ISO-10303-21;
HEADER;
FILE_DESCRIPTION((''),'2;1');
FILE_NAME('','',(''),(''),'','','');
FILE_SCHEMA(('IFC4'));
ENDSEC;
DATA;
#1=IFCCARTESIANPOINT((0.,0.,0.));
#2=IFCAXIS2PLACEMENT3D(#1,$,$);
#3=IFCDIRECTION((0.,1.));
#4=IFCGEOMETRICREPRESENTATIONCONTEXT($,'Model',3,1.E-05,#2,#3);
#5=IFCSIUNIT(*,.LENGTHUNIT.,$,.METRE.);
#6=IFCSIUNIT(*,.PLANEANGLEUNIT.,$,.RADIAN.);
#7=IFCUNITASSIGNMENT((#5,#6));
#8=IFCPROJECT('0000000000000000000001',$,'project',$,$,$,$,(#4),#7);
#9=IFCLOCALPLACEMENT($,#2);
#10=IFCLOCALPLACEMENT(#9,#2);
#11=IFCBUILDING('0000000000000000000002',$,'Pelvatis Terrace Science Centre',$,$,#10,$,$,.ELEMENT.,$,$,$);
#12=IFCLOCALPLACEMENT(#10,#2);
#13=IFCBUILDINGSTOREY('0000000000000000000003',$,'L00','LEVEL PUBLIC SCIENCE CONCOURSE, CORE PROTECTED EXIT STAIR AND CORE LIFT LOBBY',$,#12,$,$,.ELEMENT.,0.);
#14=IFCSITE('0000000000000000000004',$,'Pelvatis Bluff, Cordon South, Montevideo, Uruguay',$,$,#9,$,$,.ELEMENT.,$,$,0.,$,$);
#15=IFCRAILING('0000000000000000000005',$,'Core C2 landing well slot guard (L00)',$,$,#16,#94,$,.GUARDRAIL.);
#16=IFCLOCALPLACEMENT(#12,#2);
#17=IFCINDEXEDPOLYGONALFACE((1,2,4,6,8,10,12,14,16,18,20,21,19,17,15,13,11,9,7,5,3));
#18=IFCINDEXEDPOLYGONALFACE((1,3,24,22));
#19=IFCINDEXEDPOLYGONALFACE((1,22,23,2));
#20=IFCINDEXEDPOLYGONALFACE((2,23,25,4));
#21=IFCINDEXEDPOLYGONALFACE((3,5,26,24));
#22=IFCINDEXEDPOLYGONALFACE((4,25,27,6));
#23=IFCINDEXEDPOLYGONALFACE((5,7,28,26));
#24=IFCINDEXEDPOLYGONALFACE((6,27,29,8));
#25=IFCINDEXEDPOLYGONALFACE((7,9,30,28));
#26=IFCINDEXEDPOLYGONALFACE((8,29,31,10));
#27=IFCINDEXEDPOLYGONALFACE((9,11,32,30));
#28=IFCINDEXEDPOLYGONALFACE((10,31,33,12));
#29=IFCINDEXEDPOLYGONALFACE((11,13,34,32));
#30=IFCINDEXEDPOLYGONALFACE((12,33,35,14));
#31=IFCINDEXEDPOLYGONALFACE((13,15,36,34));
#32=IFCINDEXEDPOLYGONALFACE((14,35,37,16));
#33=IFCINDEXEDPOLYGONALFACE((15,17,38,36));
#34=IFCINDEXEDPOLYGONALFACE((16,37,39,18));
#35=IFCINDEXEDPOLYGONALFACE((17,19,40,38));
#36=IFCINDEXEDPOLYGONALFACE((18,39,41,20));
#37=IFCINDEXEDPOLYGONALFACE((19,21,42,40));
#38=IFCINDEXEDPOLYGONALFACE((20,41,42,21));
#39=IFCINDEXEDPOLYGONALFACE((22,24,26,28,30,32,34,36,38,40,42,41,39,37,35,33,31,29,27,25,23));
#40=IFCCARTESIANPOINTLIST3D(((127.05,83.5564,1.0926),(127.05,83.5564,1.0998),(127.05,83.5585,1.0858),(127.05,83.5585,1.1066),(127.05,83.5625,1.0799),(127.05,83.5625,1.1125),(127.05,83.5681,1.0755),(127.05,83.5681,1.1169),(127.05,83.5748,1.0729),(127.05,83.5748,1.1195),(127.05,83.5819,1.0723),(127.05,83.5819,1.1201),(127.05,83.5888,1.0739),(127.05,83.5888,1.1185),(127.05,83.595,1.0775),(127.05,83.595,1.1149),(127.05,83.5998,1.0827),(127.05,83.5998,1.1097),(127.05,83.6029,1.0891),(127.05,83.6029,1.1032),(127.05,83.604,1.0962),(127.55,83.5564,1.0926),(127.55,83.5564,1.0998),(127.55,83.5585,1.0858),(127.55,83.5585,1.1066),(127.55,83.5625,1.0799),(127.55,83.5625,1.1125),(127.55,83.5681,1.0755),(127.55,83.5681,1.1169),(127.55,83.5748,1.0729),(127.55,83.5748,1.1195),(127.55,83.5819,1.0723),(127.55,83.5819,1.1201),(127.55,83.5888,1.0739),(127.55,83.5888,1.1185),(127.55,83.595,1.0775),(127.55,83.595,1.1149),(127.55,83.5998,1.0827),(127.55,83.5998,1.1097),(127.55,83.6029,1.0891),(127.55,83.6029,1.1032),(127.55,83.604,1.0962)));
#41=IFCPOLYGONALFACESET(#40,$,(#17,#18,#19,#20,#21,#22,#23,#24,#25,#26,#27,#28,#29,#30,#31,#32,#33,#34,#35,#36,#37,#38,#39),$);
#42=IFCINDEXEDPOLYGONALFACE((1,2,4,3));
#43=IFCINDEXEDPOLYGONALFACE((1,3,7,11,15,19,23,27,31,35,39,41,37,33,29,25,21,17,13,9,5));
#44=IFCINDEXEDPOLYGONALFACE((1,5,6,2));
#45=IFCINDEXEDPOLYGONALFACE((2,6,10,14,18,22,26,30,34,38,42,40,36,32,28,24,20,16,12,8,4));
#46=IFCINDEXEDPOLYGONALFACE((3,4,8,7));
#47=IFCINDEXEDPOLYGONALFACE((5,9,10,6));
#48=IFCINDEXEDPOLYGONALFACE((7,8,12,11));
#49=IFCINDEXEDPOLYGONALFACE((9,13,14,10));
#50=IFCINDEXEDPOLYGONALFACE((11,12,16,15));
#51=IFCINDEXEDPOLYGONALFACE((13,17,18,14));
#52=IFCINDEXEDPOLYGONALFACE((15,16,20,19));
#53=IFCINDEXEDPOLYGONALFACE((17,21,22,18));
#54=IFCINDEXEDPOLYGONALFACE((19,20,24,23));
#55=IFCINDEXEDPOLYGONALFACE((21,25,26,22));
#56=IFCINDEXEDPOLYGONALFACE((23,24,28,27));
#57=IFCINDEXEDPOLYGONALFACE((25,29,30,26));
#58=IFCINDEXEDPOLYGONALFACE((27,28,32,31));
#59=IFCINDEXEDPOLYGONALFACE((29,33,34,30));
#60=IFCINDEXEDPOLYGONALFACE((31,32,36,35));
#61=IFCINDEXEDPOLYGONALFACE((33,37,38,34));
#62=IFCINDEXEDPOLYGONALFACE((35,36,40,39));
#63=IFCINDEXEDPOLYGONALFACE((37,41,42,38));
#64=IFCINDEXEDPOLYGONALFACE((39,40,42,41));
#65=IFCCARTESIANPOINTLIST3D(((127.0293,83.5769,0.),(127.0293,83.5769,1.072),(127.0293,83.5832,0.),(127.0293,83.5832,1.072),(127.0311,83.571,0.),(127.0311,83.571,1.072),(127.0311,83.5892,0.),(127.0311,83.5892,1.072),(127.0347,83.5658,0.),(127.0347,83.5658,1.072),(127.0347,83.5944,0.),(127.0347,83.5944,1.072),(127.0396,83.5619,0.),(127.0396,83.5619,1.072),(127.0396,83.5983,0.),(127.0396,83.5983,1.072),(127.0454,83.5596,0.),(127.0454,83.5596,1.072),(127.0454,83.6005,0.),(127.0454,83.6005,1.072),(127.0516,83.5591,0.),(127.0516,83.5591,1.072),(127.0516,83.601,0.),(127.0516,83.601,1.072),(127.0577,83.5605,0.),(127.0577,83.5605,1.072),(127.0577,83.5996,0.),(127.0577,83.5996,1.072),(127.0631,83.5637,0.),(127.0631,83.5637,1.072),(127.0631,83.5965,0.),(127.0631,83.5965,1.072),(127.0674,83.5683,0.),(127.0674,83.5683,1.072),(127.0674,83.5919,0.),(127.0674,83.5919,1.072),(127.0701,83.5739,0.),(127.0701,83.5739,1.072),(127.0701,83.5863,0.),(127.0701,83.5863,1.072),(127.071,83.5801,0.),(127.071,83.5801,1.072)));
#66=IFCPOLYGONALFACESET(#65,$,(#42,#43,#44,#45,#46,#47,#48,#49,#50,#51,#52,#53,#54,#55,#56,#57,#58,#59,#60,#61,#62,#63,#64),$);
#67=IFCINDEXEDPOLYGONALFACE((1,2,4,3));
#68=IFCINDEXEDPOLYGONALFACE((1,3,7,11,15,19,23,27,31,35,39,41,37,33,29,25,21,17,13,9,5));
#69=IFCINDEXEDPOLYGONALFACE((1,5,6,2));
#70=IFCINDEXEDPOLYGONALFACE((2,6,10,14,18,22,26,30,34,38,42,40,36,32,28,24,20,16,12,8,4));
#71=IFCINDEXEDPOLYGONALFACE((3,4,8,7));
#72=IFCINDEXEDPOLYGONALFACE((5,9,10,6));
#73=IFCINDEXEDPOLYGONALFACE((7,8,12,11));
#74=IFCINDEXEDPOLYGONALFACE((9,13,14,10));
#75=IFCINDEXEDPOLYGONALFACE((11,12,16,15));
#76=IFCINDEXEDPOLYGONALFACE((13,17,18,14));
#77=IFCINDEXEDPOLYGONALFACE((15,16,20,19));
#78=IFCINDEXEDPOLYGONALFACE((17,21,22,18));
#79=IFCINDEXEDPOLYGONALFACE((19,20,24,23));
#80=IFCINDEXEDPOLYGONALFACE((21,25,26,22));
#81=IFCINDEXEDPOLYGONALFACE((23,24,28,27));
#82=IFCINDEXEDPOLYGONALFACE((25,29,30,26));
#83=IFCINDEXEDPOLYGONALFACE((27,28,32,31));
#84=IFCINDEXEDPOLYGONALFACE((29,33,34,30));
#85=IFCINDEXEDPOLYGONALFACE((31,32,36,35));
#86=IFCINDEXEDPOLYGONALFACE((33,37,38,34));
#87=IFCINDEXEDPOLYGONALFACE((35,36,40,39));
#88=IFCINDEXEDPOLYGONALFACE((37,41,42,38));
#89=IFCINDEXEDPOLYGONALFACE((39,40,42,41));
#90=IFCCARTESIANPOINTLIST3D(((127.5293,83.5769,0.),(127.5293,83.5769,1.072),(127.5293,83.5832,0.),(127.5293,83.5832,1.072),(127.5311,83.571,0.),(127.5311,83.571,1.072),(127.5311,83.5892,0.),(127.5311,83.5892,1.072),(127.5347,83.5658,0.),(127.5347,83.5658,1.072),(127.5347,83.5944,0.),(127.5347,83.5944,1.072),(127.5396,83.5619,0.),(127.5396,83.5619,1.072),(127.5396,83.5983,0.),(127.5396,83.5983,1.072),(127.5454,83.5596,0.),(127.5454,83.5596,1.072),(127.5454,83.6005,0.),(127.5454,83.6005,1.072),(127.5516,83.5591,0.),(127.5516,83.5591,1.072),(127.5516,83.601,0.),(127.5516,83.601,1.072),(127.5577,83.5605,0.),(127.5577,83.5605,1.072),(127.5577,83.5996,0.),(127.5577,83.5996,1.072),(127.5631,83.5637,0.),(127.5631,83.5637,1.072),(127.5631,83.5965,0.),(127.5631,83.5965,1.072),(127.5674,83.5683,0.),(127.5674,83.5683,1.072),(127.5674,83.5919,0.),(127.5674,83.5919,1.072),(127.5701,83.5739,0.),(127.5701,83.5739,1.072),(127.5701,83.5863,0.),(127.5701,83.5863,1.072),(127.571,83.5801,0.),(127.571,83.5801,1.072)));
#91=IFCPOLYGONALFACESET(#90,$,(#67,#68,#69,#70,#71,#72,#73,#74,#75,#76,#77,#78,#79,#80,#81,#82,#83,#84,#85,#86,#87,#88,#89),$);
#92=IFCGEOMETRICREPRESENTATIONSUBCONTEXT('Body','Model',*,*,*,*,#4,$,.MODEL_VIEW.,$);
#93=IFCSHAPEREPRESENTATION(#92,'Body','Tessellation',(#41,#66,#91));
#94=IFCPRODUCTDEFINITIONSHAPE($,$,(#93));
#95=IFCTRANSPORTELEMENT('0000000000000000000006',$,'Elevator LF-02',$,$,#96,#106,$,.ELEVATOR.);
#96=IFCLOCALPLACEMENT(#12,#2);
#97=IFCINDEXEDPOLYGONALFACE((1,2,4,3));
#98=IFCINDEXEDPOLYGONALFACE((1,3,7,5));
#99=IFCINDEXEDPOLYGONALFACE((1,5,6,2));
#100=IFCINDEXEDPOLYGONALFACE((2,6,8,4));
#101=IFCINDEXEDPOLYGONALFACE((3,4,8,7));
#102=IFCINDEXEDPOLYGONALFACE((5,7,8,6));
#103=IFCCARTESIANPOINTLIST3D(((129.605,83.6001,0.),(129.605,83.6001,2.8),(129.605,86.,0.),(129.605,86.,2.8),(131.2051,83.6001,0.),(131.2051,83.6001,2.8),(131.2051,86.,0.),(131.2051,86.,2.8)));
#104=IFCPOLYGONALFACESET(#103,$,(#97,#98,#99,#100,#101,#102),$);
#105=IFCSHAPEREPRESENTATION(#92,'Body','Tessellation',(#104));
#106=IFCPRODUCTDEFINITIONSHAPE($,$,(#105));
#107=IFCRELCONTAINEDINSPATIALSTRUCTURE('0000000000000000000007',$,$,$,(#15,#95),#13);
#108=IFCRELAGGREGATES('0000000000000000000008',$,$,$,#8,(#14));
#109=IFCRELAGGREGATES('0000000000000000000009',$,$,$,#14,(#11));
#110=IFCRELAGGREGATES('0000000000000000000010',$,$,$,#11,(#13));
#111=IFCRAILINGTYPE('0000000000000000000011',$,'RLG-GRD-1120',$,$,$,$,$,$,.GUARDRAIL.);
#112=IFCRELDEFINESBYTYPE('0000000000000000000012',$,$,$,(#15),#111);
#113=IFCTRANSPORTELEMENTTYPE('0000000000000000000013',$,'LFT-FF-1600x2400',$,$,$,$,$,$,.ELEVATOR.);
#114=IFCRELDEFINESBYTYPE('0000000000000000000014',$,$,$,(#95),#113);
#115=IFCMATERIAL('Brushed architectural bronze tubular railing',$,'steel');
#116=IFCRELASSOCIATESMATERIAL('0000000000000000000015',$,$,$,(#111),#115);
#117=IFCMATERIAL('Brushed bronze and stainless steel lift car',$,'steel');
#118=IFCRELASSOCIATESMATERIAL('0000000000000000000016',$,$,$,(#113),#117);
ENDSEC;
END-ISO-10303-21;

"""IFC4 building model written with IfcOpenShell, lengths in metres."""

from ifc_helpers import new_model, si_unit, direction, frame, origin, origin_2d, place, context, subcontext, project, spatial, rectangle, circle, extrude, material, type_object, element, save


model = new_model("IFC4")

# Units and contexts
model_context = context("Model", 3, precision=1e-05, world=origin(), true_north=direction((0.0, 1.0)))
body_context = subcontext(model_context, "Body", "Model", "MODEL_VIEW")
ifc_project = project(units=[si_unit("LENGTHUNIT", "METRE"), si_unit("PLANEANGLEUNIT", "RADIAN")], contexts=[model_context])

# Site, building, storey
site_placement = place(None, origin())
site = spatial("IfcSite", under=ifc_project, at=site_placement, Name="Pelvatis Bluff, Cordon South, Montevideo, Uruguay", CompositionType="ELEMENT", RefElevation=0.0)
building_placement = place(site_placement, origin())
building = spatial("IfcBuilding", under=site, at=building_placement, Name="Pelvatis Terrace Science Centre", CompositionType="ELEMENT")
storey_placement = place(building_placement, origin())
storey = spatial("IfcBuildingStorey", under=building, at=storey_placement, Name="L00", Description="LEVEL PUBLIC SCIENCE CONCOURSE, CORE PROTECTED EXIT STAIR AND CORE LIFT LOBBY", CompositionType="ELEMENT", Elevation=0.0)

# Railing
ifc_material_1 = material(Name="Brushed architectural bronze tubular railing", Category="steel")
railing_type = type_object("IfcRailingType", Name="RLG-GRD-1120", PredefinedType="GUARDRAIL", material=ifc_material_1)
railing_1_placement = place(storey_placement, frame((127.05, 83.5801, 0.0)))
element("IfcRailing", 1, at=railing_1_placement, inside=storey, type_object=railing_type, Name="Core C2 landing well slot guard (L00)", PredefinedType="GUARDRAIL", context=body_context, shape_type="SweptSolid", body=[
    extrude(circle(Radius=0.0239, at=origin_2d()), frame((0.0, 0.0, 1.0962), z_axis=(1.0, 0.0, 0.0), x_axis=(0.0, 1.0, 0.0)), (0.0, 0.0, 1.0), 0.5),
    extrude(circle(Radius=0.021, at=origin_2d()), origin(), (0.0, 0.0, 1.0), 1.072),
    extrude(circle(Radius=0.021, at=origin_2d()), frame((0.5, 0.0, 0.0)), (0.0, 0.0, 1.0), 1.072),
])

# Transport element
ifc_material_2 = material(Name="Brushed bronze and stainless steel lift car", Category="steel")
transport_element_type = type_object("IfcTransportElementType", Name="LFT-FF-1600x2400", PredefinedType="ELEVATOR", material=ifc_material_2)
transport_element_placement = place(storey_placement, frame((130.405, 84.8, 0.0), z_axis=(0.0, 0.0, 1.0), x_axis=(1.0, 0.0, 0.0)))
element("IfcTransportElement", 2, at=transport_element_placement, inside=storey, type_object=transport_element_type, Name="Elevator LF-02", PredefinedType="ELEVATOR", context=body_context, shape_type="SweptSolid", body=[
    extrude(rectangle(XDim=1.6001, YDim=2.3999, at=origin_2d()), origin(), (0.0, 0.0, 1.0), 2.8),
])

save(model, "model.ifc")
